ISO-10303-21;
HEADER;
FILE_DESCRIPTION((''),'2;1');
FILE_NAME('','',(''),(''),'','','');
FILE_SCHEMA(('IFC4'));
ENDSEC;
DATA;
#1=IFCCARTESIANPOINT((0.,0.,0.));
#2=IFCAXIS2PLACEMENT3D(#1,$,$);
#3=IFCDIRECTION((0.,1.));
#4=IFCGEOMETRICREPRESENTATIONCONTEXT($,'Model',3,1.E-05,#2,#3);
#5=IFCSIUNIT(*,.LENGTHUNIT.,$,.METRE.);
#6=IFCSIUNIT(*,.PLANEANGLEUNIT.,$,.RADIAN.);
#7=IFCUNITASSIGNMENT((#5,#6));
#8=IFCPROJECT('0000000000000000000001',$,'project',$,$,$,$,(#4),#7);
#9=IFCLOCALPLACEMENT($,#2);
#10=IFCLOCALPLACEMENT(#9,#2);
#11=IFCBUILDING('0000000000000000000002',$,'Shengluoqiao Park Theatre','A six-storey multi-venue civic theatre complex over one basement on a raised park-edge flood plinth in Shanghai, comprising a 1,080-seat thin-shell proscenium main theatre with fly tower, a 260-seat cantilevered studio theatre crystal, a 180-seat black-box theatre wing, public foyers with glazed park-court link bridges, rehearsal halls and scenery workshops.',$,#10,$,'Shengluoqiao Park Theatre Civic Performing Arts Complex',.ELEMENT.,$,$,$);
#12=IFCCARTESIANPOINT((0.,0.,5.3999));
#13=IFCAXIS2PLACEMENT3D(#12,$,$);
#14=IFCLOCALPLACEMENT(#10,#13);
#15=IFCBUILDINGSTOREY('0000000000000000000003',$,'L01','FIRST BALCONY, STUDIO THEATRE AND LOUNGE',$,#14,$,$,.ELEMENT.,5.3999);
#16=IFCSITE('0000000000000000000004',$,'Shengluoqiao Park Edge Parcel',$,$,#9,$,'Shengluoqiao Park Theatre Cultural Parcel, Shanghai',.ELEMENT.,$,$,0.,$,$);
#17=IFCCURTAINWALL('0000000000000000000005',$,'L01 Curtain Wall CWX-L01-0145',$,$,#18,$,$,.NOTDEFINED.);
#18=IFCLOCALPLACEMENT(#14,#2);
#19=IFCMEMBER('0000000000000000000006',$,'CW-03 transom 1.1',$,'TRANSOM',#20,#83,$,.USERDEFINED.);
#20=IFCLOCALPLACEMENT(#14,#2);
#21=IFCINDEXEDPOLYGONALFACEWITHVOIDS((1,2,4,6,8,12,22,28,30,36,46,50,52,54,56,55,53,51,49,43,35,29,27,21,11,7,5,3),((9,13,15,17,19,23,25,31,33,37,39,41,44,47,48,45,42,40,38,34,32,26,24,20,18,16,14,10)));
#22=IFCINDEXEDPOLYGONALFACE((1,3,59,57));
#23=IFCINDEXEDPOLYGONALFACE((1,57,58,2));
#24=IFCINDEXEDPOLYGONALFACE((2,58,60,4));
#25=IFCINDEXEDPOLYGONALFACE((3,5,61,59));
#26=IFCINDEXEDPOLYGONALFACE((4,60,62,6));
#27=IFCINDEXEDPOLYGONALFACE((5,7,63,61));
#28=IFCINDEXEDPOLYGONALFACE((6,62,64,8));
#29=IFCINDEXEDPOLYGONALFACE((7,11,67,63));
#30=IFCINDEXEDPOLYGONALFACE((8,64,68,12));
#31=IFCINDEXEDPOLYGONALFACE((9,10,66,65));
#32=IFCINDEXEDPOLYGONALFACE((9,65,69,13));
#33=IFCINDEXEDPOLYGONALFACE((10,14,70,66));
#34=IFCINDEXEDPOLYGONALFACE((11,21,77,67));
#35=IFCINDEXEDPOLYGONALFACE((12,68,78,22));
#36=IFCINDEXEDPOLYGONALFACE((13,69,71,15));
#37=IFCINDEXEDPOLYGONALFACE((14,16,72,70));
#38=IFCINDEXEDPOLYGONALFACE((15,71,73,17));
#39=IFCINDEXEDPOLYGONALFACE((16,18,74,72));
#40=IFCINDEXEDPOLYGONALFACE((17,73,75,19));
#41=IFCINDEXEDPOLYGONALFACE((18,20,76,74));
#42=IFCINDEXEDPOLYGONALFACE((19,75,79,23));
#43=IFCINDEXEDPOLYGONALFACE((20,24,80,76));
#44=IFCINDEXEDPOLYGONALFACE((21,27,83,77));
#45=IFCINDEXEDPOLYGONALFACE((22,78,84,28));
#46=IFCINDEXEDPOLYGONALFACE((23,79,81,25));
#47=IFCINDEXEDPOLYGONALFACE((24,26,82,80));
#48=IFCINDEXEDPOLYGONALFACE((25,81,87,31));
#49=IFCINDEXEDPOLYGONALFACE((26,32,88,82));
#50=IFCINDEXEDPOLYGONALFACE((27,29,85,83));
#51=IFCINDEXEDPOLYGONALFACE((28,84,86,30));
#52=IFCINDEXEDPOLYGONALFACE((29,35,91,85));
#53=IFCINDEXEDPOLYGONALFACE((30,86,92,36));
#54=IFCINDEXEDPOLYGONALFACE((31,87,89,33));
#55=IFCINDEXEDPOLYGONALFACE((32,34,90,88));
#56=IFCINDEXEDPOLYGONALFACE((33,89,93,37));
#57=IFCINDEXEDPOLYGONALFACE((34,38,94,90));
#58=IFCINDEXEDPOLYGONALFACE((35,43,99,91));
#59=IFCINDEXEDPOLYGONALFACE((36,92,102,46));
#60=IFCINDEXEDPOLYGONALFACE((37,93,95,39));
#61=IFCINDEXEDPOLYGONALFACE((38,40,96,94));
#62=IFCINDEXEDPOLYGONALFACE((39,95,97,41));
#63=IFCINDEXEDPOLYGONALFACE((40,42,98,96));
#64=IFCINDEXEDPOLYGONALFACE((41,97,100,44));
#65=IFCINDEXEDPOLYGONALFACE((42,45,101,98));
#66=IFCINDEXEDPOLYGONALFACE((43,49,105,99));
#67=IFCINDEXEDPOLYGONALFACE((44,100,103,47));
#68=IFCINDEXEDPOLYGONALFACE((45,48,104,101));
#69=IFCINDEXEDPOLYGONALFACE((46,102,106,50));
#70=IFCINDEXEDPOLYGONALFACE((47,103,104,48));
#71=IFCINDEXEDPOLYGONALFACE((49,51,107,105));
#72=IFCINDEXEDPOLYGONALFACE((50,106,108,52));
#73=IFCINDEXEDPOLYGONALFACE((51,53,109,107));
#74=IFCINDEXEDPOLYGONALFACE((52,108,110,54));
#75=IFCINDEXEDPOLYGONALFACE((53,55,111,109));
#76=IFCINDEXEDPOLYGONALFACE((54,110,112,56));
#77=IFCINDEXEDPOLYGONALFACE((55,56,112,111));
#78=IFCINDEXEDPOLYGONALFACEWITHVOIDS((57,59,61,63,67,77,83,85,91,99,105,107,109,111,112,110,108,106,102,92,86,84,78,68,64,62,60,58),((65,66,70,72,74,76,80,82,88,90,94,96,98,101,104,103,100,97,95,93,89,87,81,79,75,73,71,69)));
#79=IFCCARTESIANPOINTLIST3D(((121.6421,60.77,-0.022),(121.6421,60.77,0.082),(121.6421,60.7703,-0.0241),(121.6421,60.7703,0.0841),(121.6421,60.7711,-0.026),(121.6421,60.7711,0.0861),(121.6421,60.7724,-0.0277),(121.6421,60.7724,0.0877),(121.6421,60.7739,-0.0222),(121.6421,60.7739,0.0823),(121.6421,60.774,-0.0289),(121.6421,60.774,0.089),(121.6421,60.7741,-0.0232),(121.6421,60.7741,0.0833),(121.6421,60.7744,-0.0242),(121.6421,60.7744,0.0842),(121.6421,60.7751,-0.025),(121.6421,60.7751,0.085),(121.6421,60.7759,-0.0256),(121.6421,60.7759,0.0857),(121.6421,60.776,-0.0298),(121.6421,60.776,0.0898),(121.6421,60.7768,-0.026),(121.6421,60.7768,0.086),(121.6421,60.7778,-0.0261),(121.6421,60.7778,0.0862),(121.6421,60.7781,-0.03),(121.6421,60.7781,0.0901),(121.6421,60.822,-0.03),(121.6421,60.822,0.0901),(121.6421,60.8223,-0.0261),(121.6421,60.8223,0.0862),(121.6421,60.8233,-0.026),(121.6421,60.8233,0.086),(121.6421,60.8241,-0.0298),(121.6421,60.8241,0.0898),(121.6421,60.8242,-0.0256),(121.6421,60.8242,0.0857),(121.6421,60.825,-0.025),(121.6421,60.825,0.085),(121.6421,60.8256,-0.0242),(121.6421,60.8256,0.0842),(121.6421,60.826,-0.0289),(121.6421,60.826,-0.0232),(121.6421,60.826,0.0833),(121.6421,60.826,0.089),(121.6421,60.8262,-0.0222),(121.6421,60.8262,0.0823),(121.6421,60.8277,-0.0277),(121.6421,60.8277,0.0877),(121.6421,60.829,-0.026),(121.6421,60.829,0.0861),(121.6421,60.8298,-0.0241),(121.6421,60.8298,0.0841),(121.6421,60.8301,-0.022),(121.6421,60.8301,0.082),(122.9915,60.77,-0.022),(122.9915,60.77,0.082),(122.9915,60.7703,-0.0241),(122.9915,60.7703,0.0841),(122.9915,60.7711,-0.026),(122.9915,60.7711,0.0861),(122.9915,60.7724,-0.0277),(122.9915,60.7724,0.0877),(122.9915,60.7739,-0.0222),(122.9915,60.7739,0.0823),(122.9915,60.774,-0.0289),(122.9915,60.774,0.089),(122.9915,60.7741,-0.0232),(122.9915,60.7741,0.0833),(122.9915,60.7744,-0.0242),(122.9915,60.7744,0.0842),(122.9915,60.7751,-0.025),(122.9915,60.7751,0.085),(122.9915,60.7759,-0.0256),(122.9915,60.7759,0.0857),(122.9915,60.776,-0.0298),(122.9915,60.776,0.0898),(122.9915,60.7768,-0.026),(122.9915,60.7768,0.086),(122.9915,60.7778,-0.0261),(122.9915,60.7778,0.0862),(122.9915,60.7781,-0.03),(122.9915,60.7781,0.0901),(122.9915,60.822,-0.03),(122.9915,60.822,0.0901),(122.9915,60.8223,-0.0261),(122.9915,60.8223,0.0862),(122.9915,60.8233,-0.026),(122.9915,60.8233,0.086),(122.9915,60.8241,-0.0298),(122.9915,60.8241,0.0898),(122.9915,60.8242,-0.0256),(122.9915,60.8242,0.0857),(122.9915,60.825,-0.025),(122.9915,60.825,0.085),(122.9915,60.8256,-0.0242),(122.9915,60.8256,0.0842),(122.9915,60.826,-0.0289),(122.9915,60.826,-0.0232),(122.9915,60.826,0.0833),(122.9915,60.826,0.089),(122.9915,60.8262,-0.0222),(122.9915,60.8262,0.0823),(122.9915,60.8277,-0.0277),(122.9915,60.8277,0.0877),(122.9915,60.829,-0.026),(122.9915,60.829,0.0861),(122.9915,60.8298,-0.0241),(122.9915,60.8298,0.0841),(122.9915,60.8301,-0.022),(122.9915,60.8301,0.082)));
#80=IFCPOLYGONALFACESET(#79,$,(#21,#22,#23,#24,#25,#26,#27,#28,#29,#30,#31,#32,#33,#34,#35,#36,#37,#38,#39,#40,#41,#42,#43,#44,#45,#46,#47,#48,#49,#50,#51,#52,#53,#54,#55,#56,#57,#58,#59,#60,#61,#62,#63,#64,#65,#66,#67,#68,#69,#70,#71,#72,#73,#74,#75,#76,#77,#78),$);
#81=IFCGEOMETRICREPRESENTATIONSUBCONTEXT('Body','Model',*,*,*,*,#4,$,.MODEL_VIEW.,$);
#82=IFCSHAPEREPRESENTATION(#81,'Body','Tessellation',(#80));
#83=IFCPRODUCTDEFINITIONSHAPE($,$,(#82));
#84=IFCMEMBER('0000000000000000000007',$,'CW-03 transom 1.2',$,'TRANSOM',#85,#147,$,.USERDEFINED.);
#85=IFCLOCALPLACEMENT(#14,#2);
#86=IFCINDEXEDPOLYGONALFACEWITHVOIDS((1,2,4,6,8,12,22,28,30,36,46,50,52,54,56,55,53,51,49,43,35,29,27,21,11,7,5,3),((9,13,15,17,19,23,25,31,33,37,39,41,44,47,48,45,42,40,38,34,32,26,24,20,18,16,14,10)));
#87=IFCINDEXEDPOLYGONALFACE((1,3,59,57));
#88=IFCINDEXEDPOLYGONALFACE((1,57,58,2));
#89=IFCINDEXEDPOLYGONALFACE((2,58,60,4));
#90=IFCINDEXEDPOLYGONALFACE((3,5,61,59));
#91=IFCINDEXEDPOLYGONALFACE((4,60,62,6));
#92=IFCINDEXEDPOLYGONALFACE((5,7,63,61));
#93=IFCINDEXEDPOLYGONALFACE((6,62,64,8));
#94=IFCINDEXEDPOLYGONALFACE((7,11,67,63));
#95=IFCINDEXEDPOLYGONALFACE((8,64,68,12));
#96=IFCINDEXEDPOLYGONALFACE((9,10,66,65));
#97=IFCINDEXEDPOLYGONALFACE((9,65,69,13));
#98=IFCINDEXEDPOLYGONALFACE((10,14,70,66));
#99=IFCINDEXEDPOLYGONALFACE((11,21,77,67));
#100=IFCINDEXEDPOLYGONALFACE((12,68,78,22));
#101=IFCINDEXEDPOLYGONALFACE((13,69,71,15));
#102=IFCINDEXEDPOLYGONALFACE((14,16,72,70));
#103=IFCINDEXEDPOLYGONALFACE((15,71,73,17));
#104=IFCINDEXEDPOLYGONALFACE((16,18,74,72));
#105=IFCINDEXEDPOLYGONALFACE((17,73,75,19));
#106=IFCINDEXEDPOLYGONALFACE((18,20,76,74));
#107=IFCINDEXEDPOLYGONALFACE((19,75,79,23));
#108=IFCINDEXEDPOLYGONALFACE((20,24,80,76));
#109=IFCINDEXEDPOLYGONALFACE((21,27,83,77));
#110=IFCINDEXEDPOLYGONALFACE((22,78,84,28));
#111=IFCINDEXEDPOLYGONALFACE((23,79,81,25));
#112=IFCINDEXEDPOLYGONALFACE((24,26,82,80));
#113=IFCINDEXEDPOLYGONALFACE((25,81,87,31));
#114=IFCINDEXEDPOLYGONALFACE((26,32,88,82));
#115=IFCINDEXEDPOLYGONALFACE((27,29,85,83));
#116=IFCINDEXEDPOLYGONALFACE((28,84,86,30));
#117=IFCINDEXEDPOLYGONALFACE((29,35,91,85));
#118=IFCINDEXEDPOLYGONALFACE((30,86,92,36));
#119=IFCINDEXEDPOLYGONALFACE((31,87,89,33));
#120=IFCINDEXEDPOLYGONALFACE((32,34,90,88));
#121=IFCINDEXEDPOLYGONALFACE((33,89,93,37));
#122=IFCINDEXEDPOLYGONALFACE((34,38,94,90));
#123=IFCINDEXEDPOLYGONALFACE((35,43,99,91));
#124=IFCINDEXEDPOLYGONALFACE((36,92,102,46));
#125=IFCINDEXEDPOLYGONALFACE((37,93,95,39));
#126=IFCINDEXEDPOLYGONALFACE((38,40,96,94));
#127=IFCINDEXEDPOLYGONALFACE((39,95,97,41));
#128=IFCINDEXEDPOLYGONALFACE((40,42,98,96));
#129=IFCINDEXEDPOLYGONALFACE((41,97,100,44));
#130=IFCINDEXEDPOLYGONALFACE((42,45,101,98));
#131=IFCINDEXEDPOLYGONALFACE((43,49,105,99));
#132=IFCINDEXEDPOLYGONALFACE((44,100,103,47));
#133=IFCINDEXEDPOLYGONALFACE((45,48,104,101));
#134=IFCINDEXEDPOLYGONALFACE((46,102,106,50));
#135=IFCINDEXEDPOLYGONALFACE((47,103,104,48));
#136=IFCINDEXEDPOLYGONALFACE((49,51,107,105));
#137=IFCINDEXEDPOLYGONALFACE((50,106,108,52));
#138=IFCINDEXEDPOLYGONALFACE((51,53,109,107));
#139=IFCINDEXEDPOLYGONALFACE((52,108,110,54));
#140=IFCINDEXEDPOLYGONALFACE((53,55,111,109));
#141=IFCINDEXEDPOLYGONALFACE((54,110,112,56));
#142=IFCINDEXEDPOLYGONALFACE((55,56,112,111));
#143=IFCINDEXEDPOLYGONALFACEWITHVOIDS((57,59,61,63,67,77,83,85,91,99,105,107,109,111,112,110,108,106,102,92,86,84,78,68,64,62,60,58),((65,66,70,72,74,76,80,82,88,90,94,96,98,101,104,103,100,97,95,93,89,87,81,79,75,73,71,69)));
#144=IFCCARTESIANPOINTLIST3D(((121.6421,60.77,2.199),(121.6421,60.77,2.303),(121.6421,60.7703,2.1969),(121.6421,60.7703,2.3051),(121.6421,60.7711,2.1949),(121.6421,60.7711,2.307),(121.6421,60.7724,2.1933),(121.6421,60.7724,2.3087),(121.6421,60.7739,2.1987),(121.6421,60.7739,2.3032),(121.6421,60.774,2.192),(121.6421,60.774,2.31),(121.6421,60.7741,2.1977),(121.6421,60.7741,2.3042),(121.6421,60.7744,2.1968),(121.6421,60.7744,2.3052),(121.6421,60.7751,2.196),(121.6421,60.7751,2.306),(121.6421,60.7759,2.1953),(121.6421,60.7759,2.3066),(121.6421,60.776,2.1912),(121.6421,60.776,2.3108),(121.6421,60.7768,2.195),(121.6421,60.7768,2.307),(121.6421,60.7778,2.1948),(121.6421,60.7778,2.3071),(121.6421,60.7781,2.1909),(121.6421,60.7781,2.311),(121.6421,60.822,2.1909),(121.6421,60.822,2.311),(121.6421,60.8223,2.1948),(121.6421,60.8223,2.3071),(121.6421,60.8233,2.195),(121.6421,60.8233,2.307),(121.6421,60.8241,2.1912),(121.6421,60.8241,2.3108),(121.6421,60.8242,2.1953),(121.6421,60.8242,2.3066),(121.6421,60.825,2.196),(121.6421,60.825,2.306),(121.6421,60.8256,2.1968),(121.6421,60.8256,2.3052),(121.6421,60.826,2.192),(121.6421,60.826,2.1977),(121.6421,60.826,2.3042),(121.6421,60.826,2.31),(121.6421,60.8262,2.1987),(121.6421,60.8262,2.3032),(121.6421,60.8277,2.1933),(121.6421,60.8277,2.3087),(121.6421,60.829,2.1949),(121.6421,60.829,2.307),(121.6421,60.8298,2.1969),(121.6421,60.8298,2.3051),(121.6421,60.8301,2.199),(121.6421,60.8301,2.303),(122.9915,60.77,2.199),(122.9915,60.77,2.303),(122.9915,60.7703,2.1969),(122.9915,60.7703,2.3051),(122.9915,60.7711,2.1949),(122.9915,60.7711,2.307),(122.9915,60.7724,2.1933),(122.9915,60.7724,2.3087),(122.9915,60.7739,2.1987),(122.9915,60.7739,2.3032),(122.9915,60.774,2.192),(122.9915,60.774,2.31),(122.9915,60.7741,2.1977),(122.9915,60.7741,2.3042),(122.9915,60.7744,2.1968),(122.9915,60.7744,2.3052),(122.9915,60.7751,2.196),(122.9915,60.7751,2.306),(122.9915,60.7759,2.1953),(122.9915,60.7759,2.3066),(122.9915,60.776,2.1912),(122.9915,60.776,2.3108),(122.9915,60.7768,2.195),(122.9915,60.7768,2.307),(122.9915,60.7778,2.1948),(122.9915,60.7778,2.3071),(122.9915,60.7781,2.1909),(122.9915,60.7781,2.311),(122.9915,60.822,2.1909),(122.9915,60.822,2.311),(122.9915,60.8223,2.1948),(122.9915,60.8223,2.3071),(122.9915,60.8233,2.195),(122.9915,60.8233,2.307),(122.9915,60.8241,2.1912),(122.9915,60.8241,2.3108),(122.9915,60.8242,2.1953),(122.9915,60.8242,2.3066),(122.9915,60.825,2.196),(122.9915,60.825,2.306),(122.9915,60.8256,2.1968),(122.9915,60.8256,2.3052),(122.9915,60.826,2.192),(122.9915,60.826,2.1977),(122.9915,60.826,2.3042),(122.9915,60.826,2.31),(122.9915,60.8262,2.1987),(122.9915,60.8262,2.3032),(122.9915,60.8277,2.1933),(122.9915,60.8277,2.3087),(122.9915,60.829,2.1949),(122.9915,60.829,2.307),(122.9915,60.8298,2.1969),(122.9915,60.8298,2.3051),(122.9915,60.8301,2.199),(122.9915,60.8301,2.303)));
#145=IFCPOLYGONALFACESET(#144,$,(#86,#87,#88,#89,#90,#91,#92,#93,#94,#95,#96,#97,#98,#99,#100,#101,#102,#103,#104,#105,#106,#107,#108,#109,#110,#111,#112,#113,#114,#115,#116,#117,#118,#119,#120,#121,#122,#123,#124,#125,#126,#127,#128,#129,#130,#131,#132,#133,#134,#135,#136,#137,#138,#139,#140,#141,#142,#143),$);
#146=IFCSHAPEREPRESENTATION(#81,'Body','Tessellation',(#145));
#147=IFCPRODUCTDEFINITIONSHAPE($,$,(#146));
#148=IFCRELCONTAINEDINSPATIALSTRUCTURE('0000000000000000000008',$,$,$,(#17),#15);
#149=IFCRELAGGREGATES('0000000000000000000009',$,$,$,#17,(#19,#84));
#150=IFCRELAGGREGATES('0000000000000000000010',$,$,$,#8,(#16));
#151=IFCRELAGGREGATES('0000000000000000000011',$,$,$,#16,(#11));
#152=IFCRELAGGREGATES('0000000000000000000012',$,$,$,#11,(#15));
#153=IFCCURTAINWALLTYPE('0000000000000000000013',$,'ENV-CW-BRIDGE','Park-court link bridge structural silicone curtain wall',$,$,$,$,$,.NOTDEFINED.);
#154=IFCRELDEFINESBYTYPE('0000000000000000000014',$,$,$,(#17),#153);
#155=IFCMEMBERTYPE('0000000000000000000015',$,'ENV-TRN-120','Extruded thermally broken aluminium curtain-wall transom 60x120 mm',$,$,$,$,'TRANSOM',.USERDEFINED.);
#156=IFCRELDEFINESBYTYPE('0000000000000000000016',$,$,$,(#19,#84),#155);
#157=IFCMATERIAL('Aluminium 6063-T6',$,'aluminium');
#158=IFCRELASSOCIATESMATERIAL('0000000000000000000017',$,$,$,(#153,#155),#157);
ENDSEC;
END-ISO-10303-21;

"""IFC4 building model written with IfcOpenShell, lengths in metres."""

from ifc_helpers import new_model, si_unit, direction, frame, origin, origin_2d, place, context, subcontext, project, spatial, hollow_rectangle, extrude, material, material_profile, profile_set, type_object, element, aggregate, save


model = new_model("IFC4")

# Units and contexts
model_context = context("Model", 3, precision=1e-05, world=origin(), true_north=direction((0.0, 1.0)))
body_context = subcontext(model_context, "Body", "Model", "MODEL_VIEW")
ifc_project = project(units=[si_unit("LENGTHUNIT", "METRE"), si_unit("PLANEANGLEUNIT", "RADIAN")], contexts=[model_context])

# Site, building, storey
site_placement = place(None, origin())
site = spatial("IfcSite", under=ifc_project, at=site_placement, Name="Shengluoqiao Park Edge Parcel", LongName="Shengluoqiao Park Theatre Cultural Parcel, Shanghai", CompositionType="ELEMENT", RefElevation=0.0)
building_placement = place(site_placement, origin())
building = spatial("IfcBuilding", under=site, at=building_placement, Name="Shengluoqiao Park Theatre", Description="A six-storey multi-venue civic theatre complex over one basement on a raised park-edge flood plinth in Shanghai, comprising a 1,080-seat thin-shell proscenium main theatre with fly tower, a 260-seat cantilevered studio theatre crystal, a 180-seat black-box theatre wing, public foyers with glazed park-court link bridges, rehearsal halls and scenery workshops.", LongName="Shengluoqiao Park Theatre Civic Performing Arts Complex", CompositionType="ELEMENT")
storey_placement = place(building_placement, frame((0.0, 0.0, 5.3999)))
storey = spatial("IfcBuildingStorey", under=building, at=storey_placement, Name="L01", Description="FIRST BALCONY, STUDIO THEATRE AND LOUNGE", CompositionType="ELEMENT", Elevation=5.3999)

# Shared definitions
ifc_material_1 = material(Name="Aluminium 6063-T6", Category="aluminium")
curtain_wall_type = type_object("IfcCurtainWallType", Name="ENV-CW-BRIDGE", Description="Park-court link bridge structural silicone curtain wall", PredefinedType="NOTDEFINED", material=ifc_material_1)

# Curtain wall
curtain_wall_1_placement = place(storey_placement, origin())
curtain_wall_1 = element("IfcCurtainWall", 1, at=curtain_wall_1_placement, inside=storey, type_object=curtain_wall_type, Name="L01 Curtain Wall CWX-L01-0145", PredefinedType="NOTDEFINED")

# Members
ifc_material_profile_1 = material_profile(ifc_material_1, hollow_rectangle(XDim=0.0601, YDim=0.1201, WallThickness=0.0039, InnerFilletRadius=0.0039, OuterFilletRadius=0.0081, at=origin_2d()), Name="ALU TRANSOM 120x60x4")
ifc_profile_set_1 = profile_set([ifc_material_profile_1], Name="Aluminium 6063-T6")
member_type_1 = type_object("IfcMemberType", Name="ENV-TRN-120", Description="Extruded thermally broken aluminium curtain-wall transom 60x120 mm", ElementType="TRANSOM", PredefinedType="USERDEFINED", material=ifc_profile_set_1)
member_1_placement = place(storey_placement, frame((121.6421, 60.8, 0.03), z_axis=(1.0, 0.0, 0.0), x_axis=(0.0, 1.0, 0.0)))
member_1 = element("IfcMember", 2, at=member_1_placement, type_object=member_type_1, Name="CW-03 transom 1.1", ObjectType="TRANSOM", PredefinedType="USERDEFINED", context=body_context, shape_type="SweptSolid", body=[
    extrude(hollow_rectangle(XDim=0.0601, YDim=0.1201, WallThickness=0.0039, InnerFilletRadius=0.0039, OuterFilletRadius=0.0081, at=origin_2d()), origin(), (0.0, 0.0, 1.0), 1.3494),
])
member_2_placement = place(storey_placement, frame((121.6421, 60.8, 2.251), z_axis=(1.0, 0.0, 0.0), x_axis=(0.0, 1.0, 0.0)))
member_2 = element("IfcMember", 3, at=member_2_placement, type_object=member_type_1, Name="CW-03 transom 1.2", ObjectType="TRANSOM", PredefinedType="USERDEFINED", context=body_context, shape_type="SweptSolid", body=[
    extrude(hollow_rectangle(XDim=0.0601, YDim=0.1201, WallThickness=0.0039, InnerFilletRadius=0.0039, OuterFilletRadius=0.0081, at=origin_2d()), origin(), (0.0, 0.0, 1.0), 1.3494),
])
aggregate(curtain_wall_1, [member_1, member_2])

save(model, "model.ifc")
